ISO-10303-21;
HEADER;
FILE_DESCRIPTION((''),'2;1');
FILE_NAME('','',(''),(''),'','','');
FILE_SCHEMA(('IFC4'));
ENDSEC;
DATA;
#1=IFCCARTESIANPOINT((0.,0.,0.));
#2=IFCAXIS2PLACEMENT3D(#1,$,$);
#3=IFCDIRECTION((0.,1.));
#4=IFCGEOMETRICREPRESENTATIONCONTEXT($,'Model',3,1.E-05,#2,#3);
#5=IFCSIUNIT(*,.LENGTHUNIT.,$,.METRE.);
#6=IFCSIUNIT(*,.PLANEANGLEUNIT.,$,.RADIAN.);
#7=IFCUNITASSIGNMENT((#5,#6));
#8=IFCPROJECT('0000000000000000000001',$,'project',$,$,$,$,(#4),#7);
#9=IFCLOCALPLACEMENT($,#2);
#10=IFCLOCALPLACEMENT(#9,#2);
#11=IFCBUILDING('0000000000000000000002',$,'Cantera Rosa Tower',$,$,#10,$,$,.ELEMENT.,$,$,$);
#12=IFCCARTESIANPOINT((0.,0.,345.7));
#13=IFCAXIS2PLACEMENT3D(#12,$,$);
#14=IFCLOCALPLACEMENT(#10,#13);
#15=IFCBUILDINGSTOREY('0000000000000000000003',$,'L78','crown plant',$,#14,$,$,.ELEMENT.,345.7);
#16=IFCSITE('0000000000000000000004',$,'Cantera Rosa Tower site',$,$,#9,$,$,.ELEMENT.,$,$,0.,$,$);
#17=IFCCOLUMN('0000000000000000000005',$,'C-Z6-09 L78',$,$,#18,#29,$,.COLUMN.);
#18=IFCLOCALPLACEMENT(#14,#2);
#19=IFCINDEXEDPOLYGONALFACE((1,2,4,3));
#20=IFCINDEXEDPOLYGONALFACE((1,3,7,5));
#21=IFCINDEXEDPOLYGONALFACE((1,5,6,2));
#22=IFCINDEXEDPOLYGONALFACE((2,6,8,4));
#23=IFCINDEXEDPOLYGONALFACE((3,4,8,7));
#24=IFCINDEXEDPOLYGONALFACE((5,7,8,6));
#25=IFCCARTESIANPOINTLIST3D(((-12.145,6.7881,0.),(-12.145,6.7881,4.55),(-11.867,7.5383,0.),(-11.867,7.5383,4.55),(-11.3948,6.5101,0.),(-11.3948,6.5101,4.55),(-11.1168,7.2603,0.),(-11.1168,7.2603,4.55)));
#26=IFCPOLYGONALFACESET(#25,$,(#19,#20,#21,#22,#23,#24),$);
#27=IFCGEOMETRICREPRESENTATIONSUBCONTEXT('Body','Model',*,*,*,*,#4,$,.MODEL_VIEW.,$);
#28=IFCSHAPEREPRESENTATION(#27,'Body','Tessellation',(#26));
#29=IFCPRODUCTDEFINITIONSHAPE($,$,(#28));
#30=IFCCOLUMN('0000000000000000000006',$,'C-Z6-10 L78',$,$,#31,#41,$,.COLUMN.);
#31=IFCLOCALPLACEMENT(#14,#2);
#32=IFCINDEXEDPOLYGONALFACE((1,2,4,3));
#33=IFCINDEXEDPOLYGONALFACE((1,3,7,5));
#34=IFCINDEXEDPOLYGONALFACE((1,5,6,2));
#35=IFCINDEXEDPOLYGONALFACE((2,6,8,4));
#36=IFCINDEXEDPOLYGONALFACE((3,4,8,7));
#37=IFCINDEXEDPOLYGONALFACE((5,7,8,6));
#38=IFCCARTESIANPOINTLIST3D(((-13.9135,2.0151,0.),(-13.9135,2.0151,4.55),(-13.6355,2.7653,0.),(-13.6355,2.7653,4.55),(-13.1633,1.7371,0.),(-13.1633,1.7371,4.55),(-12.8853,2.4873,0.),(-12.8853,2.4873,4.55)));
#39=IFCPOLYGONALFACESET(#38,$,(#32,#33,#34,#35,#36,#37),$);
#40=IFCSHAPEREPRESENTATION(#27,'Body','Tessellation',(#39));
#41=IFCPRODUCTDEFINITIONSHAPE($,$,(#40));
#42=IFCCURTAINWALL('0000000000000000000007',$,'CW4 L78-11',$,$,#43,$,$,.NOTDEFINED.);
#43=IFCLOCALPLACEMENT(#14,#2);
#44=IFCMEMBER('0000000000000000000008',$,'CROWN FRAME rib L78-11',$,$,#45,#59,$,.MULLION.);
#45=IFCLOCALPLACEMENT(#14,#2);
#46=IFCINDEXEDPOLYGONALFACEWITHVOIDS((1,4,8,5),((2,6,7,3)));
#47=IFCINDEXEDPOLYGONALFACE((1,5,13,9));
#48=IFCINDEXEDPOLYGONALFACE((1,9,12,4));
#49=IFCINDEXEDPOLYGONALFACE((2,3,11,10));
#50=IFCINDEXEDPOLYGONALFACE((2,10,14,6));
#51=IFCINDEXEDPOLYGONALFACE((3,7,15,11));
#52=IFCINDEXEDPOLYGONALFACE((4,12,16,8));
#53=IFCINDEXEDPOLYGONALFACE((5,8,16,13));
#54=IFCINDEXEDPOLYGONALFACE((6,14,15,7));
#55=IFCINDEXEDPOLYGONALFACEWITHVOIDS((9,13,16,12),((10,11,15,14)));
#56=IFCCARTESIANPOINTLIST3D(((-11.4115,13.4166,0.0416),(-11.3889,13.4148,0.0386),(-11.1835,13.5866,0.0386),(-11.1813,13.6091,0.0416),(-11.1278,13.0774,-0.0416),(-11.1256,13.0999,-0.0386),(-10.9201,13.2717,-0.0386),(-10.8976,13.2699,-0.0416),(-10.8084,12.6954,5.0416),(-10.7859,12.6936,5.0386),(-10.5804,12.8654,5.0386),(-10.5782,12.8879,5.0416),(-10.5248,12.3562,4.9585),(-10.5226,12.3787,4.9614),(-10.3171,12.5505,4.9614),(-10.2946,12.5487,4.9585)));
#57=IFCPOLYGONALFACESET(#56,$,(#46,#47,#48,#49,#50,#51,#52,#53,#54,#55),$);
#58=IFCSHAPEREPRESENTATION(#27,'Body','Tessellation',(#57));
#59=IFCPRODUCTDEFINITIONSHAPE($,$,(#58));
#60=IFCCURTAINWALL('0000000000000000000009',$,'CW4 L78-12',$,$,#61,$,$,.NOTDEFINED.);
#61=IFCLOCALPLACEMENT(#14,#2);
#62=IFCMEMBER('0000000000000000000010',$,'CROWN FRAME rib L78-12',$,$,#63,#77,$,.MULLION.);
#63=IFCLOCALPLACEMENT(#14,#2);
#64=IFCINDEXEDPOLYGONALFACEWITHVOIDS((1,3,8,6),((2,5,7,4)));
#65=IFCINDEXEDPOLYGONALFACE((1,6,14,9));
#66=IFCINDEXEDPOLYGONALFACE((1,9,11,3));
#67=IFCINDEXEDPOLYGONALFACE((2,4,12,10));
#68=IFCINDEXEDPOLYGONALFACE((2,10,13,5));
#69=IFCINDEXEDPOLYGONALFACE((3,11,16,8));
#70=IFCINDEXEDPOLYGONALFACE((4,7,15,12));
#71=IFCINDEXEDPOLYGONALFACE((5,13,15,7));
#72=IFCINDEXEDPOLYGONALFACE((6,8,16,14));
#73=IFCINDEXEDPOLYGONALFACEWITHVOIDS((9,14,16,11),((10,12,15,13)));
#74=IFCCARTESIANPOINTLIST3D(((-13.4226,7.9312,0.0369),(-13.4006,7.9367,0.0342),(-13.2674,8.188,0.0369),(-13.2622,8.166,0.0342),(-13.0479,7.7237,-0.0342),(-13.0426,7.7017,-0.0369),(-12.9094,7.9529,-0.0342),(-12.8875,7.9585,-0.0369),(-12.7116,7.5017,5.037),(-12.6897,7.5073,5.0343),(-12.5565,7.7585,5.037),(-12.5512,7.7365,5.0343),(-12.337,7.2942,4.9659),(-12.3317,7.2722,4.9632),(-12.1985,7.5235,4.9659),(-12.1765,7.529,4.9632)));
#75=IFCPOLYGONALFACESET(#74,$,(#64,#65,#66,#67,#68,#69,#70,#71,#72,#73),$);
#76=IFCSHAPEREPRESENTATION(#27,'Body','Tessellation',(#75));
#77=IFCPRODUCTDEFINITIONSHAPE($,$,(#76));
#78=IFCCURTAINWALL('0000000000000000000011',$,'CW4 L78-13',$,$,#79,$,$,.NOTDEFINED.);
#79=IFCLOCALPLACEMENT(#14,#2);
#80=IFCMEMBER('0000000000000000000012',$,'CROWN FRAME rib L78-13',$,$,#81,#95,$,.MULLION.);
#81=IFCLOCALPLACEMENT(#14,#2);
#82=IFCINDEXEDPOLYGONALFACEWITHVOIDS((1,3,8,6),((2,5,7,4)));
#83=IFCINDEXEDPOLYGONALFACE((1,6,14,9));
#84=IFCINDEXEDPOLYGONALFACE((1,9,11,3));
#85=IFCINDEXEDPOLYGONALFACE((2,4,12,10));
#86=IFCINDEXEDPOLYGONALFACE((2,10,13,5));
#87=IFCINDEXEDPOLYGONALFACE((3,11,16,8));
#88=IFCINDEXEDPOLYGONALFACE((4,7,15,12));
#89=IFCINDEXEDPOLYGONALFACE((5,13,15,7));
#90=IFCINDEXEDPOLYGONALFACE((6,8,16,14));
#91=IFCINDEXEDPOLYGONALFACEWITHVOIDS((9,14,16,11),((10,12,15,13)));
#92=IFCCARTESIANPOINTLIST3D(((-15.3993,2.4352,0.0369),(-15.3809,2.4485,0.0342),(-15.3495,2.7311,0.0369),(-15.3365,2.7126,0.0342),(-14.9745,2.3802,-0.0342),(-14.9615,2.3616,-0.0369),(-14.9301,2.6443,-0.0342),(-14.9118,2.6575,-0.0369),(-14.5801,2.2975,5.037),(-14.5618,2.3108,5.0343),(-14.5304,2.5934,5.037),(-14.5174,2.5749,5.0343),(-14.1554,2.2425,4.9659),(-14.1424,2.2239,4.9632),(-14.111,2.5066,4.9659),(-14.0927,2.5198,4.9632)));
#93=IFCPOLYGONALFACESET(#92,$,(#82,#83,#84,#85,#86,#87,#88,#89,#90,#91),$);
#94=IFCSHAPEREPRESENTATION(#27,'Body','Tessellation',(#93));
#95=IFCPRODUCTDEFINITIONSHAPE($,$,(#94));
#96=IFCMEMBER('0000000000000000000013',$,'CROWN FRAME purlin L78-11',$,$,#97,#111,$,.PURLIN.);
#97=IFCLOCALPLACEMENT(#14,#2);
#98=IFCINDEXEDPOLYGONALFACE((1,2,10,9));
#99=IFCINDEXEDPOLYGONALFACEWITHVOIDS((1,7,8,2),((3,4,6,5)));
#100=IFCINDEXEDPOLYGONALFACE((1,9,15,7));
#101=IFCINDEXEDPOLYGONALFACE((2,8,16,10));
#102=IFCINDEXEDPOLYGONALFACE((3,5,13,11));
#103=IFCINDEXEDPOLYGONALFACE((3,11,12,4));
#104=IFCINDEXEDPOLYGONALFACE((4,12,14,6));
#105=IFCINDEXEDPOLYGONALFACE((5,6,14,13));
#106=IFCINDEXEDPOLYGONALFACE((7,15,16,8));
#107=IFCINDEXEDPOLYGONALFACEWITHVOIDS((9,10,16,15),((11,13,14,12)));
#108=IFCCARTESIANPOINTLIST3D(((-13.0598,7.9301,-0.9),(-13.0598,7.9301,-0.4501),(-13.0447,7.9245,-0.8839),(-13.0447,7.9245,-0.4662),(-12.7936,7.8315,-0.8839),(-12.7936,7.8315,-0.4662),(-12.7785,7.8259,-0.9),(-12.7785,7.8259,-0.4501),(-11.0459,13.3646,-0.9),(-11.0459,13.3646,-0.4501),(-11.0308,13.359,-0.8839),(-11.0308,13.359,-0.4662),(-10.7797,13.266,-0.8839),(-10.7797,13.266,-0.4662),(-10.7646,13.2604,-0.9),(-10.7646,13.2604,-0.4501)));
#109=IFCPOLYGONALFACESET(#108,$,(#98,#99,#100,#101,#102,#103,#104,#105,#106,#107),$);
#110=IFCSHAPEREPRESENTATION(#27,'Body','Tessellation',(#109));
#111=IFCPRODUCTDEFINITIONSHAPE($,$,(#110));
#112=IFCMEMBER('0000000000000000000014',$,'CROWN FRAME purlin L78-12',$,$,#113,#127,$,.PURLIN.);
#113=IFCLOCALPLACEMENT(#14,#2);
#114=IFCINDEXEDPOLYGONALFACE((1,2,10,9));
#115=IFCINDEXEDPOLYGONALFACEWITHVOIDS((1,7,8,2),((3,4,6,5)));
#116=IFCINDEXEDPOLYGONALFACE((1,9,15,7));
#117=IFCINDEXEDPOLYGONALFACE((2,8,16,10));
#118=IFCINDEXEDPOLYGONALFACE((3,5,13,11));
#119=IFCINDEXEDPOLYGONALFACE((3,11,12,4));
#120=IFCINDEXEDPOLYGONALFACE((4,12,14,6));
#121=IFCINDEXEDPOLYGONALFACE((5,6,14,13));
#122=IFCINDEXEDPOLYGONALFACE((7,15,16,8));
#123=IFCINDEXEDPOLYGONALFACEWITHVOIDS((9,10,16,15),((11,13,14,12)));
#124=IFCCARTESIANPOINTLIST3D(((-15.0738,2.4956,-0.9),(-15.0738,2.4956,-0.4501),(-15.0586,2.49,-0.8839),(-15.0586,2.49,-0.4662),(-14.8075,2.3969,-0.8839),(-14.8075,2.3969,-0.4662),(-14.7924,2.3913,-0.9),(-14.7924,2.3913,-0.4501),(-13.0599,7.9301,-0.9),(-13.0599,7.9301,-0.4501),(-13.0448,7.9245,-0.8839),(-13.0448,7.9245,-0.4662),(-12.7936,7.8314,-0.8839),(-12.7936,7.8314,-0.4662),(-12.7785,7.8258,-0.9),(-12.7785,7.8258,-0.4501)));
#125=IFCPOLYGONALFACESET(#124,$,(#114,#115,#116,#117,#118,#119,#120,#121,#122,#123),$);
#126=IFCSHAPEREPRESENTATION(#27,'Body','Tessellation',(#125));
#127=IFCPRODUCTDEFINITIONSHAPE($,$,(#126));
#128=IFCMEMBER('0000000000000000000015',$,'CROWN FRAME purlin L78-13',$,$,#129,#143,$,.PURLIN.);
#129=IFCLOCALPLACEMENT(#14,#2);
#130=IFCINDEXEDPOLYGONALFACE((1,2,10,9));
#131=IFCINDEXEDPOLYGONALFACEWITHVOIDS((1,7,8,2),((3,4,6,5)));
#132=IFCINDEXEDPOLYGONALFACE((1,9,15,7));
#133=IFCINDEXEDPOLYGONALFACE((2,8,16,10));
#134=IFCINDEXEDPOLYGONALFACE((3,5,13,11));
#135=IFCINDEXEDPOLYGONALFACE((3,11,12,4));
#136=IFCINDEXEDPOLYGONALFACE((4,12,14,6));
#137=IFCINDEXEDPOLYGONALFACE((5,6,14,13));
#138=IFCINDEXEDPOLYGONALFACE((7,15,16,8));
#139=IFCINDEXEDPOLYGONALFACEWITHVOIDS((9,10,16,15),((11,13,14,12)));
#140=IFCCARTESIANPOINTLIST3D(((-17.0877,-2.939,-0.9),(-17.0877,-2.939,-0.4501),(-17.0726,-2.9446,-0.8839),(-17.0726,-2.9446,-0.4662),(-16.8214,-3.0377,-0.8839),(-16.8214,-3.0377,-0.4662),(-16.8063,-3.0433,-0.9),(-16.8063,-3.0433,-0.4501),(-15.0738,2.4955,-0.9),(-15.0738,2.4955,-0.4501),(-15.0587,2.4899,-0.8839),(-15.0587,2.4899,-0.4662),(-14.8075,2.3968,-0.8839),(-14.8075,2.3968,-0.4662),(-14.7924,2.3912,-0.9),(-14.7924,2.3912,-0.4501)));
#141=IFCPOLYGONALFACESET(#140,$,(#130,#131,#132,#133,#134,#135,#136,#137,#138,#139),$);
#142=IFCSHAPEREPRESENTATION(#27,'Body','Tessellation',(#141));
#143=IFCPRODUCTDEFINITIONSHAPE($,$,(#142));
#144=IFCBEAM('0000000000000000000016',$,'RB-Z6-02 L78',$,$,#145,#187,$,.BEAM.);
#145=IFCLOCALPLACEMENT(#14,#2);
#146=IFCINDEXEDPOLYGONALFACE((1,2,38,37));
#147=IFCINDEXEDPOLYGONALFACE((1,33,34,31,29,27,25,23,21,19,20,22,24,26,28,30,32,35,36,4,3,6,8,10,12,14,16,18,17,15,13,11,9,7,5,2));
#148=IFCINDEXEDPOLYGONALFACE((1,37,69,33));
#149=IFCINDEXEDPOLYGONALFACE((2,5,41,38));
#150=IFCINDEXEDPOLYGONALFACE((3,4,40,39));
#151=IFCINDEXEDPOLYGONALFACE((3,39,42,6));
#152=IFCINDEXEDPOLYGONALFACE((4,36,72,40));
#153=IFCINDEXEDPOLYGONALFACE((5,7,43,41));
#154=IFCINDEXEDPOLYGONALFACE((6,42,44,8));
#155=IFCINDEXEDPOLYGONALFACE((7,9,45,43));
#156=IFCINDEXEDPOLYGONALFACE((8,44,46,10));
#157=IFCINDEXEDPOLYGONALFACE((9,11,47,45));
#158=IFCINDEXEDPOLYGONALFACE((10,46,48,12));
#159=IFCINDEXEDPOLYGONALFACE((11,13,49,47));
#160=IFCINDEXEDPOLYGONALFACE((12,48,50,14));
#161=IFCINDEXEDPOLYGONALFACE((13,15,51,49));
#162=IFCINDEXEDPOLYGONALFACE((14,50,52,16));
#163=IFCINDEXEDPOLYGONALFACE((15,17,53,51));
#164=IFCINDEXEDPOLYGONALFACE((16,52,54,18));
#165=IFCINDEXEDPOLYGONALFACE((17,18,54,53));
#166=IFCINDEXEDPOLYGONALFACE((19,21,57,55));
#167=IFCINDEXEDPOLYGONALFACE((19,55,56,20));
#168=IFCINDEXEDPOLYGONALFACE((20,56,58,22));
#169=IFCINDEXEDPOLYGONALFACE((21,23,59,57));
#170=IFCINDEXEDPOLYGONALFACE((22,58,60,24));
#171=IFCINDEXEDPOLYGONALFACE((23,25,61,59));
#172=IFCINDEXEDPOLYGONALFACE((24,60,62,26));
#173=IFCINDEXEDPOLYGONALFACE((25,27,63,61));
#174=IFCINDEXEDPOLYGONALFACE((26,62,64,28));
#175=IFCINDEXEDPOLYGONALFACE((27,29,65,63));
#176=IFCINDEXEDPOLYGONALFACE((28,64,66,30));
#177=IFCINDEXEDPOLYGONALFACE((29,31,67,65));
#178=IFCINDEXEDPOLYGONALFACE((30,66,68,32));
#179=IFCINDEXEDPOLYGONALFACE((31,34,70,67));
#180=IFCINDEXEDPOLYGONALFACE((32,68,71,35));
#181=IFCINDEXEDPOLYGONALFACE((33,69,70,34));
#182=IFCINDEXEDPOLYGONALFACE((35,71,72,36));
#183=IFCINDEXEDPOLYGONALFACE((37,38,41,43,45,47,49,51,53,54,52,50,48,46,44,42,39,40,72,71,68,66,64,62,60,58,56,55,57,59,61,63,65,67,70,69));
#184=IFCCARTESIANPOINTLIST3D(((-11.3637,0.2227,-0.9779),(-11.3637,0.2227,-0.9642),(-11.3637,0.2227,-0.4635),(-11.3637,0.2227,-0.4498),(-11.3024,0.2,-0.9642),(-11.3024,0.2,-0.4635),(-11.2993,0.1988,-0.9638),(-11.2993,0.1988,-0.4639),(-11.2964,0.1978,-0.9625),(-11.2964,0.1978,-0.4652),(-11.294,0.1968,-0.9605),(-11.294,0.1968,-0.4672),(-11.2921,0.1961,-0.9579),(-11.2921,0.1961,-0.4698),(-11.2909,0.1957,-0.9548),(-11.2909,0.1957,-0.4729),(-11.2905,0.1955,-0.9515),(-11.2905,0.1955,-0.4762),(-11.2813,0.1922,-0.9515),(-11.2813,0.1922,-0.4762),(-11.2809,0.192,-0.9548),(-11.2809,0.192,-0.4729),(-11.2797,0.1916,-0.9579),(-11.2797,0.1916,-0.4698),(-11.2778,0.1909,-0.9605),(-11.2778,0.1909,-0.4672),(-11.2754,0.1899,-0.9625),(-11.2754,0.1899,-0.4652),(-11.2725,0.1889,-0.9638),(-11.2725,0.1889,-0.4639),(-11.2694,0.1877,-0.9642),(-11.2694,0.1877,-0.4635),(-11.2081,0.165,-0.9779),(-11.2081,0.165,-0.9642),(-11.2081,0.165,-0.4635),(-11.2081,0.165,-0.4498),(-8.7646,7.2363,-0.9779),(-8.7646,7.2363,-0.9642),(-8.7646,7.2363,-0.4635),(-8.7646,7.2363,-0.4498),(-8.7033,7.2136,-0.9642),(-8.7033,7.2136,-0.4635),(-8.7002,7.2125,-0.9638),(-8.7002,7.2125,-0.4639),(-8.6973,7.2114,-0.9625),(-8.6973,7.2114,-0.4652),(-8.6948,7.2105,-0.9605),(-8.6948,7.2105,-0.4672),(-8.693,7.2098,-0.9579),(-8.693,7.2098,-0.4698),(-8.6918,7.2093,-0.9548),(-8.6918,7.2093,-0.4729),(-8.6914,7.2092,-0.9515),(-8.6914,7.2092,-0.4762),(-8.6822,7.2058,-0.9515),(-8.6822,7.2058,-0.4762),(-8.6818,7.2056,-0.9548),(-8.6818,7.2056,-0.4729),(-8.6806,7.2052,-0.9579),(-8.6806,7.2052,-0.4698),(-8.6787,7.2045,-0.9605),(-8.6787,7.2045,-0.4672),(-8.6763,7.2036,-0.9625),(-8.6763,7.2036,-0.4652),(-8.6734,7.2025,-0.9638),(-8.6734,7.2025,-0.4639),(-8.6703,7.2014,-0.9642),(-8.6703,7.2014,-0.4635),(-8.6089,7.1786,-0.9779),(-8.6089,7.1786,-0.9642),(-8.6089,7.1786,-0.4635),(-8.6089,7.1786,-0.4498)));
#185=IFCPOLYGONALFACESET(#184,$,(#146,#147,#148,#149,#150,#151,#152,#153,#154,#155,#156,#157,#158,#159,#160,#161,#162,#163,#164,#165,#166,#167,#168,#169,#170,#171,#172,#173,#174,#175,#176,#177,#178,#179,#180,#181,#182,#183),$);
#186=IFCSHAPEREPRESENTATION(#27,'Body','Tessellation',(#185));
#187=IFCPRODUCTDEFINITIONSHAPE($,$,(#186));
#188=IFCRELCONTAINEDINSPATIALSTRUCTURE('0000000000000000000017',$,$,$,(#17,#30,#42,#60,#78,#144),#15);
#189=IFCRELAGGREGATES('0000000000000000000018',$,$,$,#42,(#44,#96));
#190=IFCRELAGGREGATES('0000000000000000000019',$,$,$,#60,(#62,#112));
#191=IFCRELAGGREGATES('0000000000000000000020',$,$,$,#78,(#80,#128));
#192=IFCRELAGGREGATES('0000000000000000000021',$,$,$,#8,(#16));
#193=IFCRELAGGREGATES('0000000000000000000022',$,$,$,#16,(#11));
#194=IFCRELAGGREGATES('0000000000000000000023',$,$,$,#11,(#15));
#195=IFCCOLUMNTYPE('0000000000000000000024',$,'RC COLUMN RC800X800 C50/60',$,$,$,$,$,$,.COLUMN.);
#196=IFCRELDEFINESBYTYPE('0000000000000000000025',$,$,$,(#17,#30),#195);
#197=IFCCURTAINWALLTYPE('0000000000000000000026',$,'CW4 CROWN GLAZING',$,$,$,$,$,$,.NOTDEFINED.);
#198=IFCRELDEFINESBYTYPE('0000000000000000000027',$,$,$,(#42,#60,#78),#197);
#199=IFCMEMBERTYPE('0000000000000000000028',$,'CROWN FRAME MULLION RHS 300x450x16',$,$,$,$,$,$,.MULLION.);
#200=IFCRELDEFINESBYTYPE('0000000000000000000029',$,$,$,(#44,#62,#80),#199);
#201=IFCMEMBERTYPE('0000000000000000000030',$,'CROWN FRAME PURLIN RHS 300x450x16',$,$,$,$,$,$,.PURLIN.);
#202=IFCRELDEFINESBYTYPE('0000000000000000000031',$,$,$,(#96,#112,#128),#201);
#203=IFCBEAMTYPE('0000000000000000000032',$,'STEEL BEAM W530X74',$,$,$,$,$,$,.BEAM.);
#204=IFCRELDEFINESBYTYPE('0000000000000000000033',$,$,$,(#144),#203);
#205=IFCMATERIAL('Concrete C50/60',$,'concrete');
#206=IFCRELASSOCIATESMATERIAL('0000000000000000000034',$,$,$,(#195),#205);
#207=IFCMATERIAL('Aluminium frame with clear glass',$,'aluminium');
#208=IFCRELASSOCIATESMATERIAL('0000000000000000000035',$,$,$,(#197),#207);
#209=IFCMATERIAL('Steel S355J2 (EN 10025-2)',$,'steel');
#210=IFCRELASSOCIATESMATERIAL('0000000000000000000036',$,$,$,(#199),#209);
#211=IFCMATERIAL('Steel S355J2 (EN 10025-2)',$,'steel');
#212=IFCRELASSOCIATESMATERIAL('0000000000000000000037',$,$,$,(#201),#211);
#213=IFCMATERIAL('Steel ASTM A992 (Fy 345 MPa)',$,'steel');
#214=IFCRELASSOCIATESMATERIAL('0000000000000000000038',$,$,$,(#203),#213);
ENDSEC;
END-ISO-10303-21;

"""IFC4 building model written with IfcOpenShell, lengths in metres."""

from ifc_helpers import new_model, si_unit, direction, frame, origin, origin_2d, place, context, subcontext, project, spatial, rectangle, hollow_rectangle, i_section, extrude, material, material_profile, profile_set, type_object, element, aggregate, save


model = new_model("IFC4")

# Units and contexts
model_context = context("Model", 3, precision=1e-05, world=origin(), true_north=direction((0.0, 1.0)))
body_context = subcontext(model_context, "Body", "Model", "MODEL_VIEW")
ifc_project = project(units=[si_unit("LENGTHUNIT", "METRE"), si_unit("PLANEANGLEUNIT", "RADIAN")], contexts=[model_context])

# Site, building, storey
site_placement = place(None, origin())
site = spatial("IfcSite", under=ifc_project, at=site_placement, Name="Cantera Rosa Tower site", CompositionType="ELEMENT", RefElevation=0.0)
building_placement = place(site_placement, origin())
building = spatial("IfcBuilding", under=site, at=building_placement, Name="Cantera Rosa Tower", CompositionType="ELEMENT")
storey_placement = place(building_placement, frame((0.0, 0.0, 345.7)))
storey = spatial("IfcBuildingStorey", under=building, at=storey_placement, Name="L78", Description="crown plant", CompositionType="ELEMENT", Elevation=345.7)

# Columns
ifc_material_1 = material(Name="Concrete C50/60", Category="concrete")
ifc_material_profile_1 = material_profile(ifc_material_1, rectangle(XDim=0.8, YDim=0.8, at=origin_2d()), Name="RC COLUMN RC800X800 C50/60")
ifc_profile_set_1 = profile_set([ifc_material_profile_1], Name="Concrete C50/60")
column_type = type_object("IfcColumnType", Name="RC COLUMN RC800X800 C50/60", PredefinedType="COLUMN", material=ifc_profile_set_1)
for number, where, z_axis, x_axis, name in (
    (1, (-11.6309, 7.0242, 0.0), (0.0, 0.0, 1.0), (0.347481, 0.937687, 0.0), "C-Z6-09 L78"),
    (2, (-13.3994, 2.2512, 0.0), (0.0, 0.0, 1.0), (0.347481, 0.937687, 0.0), "C-Z6-10 L78"),
):
    element("IfcColumn", number, at=place(storey_placement, frame(where, z_axis=z_axis, x_axis=x_axis)), inside=storey, type_object=column_type, Name=name, PredefinedType="COLUMN", context=body_context, shape_type="SweptSolid", body=[
        extrude(rectangle(XDim=0.8, YDim=0.8, at=origin_2d()), origin(), (0.0, 0.0, 1.0), 4.55),
    ])

# Curtain walls, members
ifc_material_2 = material(Name="Aluminium frame with clear glass", Category="aluminium")
curtain_wall_type = type_object("IfcCurtainWallType", Name="CW4 CROWN GLAZING", PredefinedType="NOTDEFINED", material=ifc_material_2)
curtain_wall_1_placement = place(storey_placement, origin())
curtain_wall_1 = element("IfcCurtainWall", 3, at=curtain_wall_1_placement, inside=storey, type_object=curtain_wall_type, Name="CW4 L78-11", PredefinedType="NOTDEFINED")
ifc_material_3 = material(Name="Steel S355J2 (EN 10025-2)", Category="steel")
ifc_material_profile_2 = material_profile(ifc_material_3, hollow_rectangle(XDim=0.3, YDim=0.45, WallThickness=0.0161, at=origin_2d()), Name="CROWN FRAME MULLION RHS 300x450x16")
ifc_profile_set_2 = profile_set([ifc_material_profile_2], Name="Steel S355J2 (EN 10025-2)")
member_type_1 = type_object("IfcMemberType", Name="CROWN FRAME MULLION RHS 300x450x16", PredefinedType="MULLION", material=ifc_profile_set_2)
member_1_placement = place(storey_placement, frame((-11.1545, 13.3433, 0.0), z_axis=(0.118529, -0.141755, 0.98278), x_axis=(0.767156, 0.641461, 0.0)))
member_1 = element("IfcMember", 4, at=member_1_placement, type_object=member_type_1, Name="CROWN FRAME rib L78-11", PredefinedType="MULLION", context=body_context, shape_type="SweptSolid", body=[
    extrude(hollow_rectangle(XDim=0.3, YDim=0.45, WallThickness=0.0161, at=origin_2d()), origin(), (0.0, 0.0, 1.0), 5.0876),
])
curtain_wall_2_placement = place(storey_placement, origin())
curtain_wall_2 = element("IfcCurtainWall", 5, at=curtain_wall_2_placement, inside=storey, type_object=curtain_wall_type, Name="CW4 L78-12", PredefinedType="NOTDEFINED")
member_2_placement = place(storey_placement, frame((-13.155, 7.9448, 0.0), z_axis=(0.140265, -0.084728, 0.986482), x_axis=(0.517044, 0.855959, 0.0)))
member_2 = element("IfcMember", 6, at=member_2_placement, type_object=member_type_1, Name="CROWN FRAME rib L78-12", PredefinedType="MULLION", context=body_context, shape_type="SweptSolid", body=[
    extrude(hollow_rectangle(XDim=0.3, YDim=0.45, WallThickness=0.0161, at=origin_2d()), origin(), (0.0, 0.0, 1.0), 5.0686),
])
curtain_wall_3_placement = place(storey_placement, origin())
curtain_wall_3 = element("IfcCurtainWall", 7, at=curtain_wall_3_placement, inside=storey, type_object=curtain_wall_type, Name="CW4 L78-13", PredefinedType="NOTDEFINED")
member_3_placement = place(storey_placement, frame((-15.1555, 2.5464, 0.0), z_axis=(0.161604, -0.027167, 0.986482), x_axis=(0.165781, 0.986163, 0.0)))
member_3 = element("IfcMember", 8, at=member_3_placement, type_object=member_type_1, Name="CROWN FRAME rib L78-13", PredefinedType="MULLION", context=body_context, shape_type="SweptSolid", body=[
    extrude(hollow_rectangle(XDim=0.3, YDim=0.45, WallThickness=0.0161, at=origin_2d()), origin(), (0.0, 0.0, 1.0), 5.0686),
])

# Members
ifc_material_4 = material(Name="Steel S355J2 (EN 10025-2)", Category="steel")
ifc_material_profile_3 = material_profile(ifc_material_4, hollow_rectangle(XDim=0.3, YDim=0.45, WallThickness=0.0161, at=origin_2d()), Name="CROWN FRAME PURLIN RHS 300x450x16")
ifc_profile_set_3 = profile_set([ifc_material_profile_3], Name="Steel S355J2 (EN 10025-2)")
member_type_2 = type_object("IfcMemberType", Name="CROWN FRAME PURLIN RHS 300x450x16", PredefinedType="PURLIN", material=ifc_profile_set_3)
member_4_placement = place(storey_placement, frame((-10.9053, 13.3125, -0.675), z_axis=(-0.347483, -0.937686, 0.0), x_axis=(0.937686, -0.347483, 0.0)))
member_4 = element("IfcMember", 9, at=member_4_placement, type_object=member_type_2, Name="CROWN FRAME purlin L78-11", PredefinedType="PURLIN", context=body_context, shape_type="SweptSolid", body=[
    extrude(hollow_rectangle(XDim=0.3, YDim=0.45, WallThickness=0.0161, at=origin_2d()), origin(), (0.0, 0.0, 1.0), 5.7957),
])
member_5_placement = place(storey_placement, frame((-12.9192, 7.8779, -0.675), z_axis=(-0.347483, -0.937686, 0.0), x_axis=(0.937686, -0.347483, 0.0)))
member_5 = element("IfcMember", 10, at=member_5_placement, type_object=member_type_2, Name="CROWN FRAME purlin L78-12", PredefinedType="PURLIN", context=body_context, shape_type="SweptSolid", body=[
    extrude(hollow_rectangle(XDim=0.3, YDim=0.45, WallThickness=0.0161, at=origin_2d()), origin(), (0.0, 0.0, 1.0), 5.7957),
])
member_6_placement = place(storey_placement, frame((-14.9331, 2.4434, -0.675), z_axis=(-0.347483, -0.937686, 0.0), x_axis=(0.937686, -0.347483, 0.0)))
member_6 = element("IfcMember", 11, at=member_6_placement, type_object=member_type_2, Name="CROWN FRAME purlin L78-13", PredefinedType="PURLIN", context=body_context, shape_type="SweptSolid", body=[
    extrude(hollow_rectangle(XDim=0.3, YDim=0.45, WallThickness=0.0161, at=origin_2d()), origin(), (0.0, 0.0, 1.0), 5.7957),
])

# Beam
ifc_material_5 = material(Name="Steel ASTM A992 (Fy 345 MPa)", Category="steel")
ifc_material_profile_4 = material_profile(ifc_material_5, i_section(OverallWidth=0.166, OverallDepth=0.5281, WebThickness=0.0098, FlangeThickness=0.0137, FilletRadius=0.0127, at=origin_2d()), Name="W530X74")
ifc_profile_set_4 = profile_set([ifc_material_profile_4], Name="Steel ASTM A992 (Fy 345 MPa)")
beam_type_1 = type_object("IfcBeamType", Name="STEEL BEAM W530X74", PredefinedType="BEAM", material=ifc_profile_set_4)
beam_1_placement = place(storey_placement, frame((-11.2859, 0.1938, -0.7139), z_axis=(0.347487, 0.937685, 0.0), x_axis=(-0.937685, 0.347487, 0.0)))
element("IfcBeam", 12, at=beam_1_placement, inside=storey, type_object=beam_type_1, Name="RB-Z6-02 L78", PredefinedType="BEAM", context=body_context, shape_type="SweptSolid", body=[
    extrude(i_section(OverallWidth=0.166, OverallDepth=0.5281, WebThickness=0.0098, FlangeThickness=0.0137, FilletRadius=0.0127, at=origin_2d()), origin(), (0.0, 0.0, 1.0), 7.4797),
])

aggregate(curtain_wall_1, [member_1, member_4])
aggregate(curtain_wall_2, [member_2, member_5])
aggregate(curtain_wall_3, [member_3, member_6])

save(model, "model.ifc")
